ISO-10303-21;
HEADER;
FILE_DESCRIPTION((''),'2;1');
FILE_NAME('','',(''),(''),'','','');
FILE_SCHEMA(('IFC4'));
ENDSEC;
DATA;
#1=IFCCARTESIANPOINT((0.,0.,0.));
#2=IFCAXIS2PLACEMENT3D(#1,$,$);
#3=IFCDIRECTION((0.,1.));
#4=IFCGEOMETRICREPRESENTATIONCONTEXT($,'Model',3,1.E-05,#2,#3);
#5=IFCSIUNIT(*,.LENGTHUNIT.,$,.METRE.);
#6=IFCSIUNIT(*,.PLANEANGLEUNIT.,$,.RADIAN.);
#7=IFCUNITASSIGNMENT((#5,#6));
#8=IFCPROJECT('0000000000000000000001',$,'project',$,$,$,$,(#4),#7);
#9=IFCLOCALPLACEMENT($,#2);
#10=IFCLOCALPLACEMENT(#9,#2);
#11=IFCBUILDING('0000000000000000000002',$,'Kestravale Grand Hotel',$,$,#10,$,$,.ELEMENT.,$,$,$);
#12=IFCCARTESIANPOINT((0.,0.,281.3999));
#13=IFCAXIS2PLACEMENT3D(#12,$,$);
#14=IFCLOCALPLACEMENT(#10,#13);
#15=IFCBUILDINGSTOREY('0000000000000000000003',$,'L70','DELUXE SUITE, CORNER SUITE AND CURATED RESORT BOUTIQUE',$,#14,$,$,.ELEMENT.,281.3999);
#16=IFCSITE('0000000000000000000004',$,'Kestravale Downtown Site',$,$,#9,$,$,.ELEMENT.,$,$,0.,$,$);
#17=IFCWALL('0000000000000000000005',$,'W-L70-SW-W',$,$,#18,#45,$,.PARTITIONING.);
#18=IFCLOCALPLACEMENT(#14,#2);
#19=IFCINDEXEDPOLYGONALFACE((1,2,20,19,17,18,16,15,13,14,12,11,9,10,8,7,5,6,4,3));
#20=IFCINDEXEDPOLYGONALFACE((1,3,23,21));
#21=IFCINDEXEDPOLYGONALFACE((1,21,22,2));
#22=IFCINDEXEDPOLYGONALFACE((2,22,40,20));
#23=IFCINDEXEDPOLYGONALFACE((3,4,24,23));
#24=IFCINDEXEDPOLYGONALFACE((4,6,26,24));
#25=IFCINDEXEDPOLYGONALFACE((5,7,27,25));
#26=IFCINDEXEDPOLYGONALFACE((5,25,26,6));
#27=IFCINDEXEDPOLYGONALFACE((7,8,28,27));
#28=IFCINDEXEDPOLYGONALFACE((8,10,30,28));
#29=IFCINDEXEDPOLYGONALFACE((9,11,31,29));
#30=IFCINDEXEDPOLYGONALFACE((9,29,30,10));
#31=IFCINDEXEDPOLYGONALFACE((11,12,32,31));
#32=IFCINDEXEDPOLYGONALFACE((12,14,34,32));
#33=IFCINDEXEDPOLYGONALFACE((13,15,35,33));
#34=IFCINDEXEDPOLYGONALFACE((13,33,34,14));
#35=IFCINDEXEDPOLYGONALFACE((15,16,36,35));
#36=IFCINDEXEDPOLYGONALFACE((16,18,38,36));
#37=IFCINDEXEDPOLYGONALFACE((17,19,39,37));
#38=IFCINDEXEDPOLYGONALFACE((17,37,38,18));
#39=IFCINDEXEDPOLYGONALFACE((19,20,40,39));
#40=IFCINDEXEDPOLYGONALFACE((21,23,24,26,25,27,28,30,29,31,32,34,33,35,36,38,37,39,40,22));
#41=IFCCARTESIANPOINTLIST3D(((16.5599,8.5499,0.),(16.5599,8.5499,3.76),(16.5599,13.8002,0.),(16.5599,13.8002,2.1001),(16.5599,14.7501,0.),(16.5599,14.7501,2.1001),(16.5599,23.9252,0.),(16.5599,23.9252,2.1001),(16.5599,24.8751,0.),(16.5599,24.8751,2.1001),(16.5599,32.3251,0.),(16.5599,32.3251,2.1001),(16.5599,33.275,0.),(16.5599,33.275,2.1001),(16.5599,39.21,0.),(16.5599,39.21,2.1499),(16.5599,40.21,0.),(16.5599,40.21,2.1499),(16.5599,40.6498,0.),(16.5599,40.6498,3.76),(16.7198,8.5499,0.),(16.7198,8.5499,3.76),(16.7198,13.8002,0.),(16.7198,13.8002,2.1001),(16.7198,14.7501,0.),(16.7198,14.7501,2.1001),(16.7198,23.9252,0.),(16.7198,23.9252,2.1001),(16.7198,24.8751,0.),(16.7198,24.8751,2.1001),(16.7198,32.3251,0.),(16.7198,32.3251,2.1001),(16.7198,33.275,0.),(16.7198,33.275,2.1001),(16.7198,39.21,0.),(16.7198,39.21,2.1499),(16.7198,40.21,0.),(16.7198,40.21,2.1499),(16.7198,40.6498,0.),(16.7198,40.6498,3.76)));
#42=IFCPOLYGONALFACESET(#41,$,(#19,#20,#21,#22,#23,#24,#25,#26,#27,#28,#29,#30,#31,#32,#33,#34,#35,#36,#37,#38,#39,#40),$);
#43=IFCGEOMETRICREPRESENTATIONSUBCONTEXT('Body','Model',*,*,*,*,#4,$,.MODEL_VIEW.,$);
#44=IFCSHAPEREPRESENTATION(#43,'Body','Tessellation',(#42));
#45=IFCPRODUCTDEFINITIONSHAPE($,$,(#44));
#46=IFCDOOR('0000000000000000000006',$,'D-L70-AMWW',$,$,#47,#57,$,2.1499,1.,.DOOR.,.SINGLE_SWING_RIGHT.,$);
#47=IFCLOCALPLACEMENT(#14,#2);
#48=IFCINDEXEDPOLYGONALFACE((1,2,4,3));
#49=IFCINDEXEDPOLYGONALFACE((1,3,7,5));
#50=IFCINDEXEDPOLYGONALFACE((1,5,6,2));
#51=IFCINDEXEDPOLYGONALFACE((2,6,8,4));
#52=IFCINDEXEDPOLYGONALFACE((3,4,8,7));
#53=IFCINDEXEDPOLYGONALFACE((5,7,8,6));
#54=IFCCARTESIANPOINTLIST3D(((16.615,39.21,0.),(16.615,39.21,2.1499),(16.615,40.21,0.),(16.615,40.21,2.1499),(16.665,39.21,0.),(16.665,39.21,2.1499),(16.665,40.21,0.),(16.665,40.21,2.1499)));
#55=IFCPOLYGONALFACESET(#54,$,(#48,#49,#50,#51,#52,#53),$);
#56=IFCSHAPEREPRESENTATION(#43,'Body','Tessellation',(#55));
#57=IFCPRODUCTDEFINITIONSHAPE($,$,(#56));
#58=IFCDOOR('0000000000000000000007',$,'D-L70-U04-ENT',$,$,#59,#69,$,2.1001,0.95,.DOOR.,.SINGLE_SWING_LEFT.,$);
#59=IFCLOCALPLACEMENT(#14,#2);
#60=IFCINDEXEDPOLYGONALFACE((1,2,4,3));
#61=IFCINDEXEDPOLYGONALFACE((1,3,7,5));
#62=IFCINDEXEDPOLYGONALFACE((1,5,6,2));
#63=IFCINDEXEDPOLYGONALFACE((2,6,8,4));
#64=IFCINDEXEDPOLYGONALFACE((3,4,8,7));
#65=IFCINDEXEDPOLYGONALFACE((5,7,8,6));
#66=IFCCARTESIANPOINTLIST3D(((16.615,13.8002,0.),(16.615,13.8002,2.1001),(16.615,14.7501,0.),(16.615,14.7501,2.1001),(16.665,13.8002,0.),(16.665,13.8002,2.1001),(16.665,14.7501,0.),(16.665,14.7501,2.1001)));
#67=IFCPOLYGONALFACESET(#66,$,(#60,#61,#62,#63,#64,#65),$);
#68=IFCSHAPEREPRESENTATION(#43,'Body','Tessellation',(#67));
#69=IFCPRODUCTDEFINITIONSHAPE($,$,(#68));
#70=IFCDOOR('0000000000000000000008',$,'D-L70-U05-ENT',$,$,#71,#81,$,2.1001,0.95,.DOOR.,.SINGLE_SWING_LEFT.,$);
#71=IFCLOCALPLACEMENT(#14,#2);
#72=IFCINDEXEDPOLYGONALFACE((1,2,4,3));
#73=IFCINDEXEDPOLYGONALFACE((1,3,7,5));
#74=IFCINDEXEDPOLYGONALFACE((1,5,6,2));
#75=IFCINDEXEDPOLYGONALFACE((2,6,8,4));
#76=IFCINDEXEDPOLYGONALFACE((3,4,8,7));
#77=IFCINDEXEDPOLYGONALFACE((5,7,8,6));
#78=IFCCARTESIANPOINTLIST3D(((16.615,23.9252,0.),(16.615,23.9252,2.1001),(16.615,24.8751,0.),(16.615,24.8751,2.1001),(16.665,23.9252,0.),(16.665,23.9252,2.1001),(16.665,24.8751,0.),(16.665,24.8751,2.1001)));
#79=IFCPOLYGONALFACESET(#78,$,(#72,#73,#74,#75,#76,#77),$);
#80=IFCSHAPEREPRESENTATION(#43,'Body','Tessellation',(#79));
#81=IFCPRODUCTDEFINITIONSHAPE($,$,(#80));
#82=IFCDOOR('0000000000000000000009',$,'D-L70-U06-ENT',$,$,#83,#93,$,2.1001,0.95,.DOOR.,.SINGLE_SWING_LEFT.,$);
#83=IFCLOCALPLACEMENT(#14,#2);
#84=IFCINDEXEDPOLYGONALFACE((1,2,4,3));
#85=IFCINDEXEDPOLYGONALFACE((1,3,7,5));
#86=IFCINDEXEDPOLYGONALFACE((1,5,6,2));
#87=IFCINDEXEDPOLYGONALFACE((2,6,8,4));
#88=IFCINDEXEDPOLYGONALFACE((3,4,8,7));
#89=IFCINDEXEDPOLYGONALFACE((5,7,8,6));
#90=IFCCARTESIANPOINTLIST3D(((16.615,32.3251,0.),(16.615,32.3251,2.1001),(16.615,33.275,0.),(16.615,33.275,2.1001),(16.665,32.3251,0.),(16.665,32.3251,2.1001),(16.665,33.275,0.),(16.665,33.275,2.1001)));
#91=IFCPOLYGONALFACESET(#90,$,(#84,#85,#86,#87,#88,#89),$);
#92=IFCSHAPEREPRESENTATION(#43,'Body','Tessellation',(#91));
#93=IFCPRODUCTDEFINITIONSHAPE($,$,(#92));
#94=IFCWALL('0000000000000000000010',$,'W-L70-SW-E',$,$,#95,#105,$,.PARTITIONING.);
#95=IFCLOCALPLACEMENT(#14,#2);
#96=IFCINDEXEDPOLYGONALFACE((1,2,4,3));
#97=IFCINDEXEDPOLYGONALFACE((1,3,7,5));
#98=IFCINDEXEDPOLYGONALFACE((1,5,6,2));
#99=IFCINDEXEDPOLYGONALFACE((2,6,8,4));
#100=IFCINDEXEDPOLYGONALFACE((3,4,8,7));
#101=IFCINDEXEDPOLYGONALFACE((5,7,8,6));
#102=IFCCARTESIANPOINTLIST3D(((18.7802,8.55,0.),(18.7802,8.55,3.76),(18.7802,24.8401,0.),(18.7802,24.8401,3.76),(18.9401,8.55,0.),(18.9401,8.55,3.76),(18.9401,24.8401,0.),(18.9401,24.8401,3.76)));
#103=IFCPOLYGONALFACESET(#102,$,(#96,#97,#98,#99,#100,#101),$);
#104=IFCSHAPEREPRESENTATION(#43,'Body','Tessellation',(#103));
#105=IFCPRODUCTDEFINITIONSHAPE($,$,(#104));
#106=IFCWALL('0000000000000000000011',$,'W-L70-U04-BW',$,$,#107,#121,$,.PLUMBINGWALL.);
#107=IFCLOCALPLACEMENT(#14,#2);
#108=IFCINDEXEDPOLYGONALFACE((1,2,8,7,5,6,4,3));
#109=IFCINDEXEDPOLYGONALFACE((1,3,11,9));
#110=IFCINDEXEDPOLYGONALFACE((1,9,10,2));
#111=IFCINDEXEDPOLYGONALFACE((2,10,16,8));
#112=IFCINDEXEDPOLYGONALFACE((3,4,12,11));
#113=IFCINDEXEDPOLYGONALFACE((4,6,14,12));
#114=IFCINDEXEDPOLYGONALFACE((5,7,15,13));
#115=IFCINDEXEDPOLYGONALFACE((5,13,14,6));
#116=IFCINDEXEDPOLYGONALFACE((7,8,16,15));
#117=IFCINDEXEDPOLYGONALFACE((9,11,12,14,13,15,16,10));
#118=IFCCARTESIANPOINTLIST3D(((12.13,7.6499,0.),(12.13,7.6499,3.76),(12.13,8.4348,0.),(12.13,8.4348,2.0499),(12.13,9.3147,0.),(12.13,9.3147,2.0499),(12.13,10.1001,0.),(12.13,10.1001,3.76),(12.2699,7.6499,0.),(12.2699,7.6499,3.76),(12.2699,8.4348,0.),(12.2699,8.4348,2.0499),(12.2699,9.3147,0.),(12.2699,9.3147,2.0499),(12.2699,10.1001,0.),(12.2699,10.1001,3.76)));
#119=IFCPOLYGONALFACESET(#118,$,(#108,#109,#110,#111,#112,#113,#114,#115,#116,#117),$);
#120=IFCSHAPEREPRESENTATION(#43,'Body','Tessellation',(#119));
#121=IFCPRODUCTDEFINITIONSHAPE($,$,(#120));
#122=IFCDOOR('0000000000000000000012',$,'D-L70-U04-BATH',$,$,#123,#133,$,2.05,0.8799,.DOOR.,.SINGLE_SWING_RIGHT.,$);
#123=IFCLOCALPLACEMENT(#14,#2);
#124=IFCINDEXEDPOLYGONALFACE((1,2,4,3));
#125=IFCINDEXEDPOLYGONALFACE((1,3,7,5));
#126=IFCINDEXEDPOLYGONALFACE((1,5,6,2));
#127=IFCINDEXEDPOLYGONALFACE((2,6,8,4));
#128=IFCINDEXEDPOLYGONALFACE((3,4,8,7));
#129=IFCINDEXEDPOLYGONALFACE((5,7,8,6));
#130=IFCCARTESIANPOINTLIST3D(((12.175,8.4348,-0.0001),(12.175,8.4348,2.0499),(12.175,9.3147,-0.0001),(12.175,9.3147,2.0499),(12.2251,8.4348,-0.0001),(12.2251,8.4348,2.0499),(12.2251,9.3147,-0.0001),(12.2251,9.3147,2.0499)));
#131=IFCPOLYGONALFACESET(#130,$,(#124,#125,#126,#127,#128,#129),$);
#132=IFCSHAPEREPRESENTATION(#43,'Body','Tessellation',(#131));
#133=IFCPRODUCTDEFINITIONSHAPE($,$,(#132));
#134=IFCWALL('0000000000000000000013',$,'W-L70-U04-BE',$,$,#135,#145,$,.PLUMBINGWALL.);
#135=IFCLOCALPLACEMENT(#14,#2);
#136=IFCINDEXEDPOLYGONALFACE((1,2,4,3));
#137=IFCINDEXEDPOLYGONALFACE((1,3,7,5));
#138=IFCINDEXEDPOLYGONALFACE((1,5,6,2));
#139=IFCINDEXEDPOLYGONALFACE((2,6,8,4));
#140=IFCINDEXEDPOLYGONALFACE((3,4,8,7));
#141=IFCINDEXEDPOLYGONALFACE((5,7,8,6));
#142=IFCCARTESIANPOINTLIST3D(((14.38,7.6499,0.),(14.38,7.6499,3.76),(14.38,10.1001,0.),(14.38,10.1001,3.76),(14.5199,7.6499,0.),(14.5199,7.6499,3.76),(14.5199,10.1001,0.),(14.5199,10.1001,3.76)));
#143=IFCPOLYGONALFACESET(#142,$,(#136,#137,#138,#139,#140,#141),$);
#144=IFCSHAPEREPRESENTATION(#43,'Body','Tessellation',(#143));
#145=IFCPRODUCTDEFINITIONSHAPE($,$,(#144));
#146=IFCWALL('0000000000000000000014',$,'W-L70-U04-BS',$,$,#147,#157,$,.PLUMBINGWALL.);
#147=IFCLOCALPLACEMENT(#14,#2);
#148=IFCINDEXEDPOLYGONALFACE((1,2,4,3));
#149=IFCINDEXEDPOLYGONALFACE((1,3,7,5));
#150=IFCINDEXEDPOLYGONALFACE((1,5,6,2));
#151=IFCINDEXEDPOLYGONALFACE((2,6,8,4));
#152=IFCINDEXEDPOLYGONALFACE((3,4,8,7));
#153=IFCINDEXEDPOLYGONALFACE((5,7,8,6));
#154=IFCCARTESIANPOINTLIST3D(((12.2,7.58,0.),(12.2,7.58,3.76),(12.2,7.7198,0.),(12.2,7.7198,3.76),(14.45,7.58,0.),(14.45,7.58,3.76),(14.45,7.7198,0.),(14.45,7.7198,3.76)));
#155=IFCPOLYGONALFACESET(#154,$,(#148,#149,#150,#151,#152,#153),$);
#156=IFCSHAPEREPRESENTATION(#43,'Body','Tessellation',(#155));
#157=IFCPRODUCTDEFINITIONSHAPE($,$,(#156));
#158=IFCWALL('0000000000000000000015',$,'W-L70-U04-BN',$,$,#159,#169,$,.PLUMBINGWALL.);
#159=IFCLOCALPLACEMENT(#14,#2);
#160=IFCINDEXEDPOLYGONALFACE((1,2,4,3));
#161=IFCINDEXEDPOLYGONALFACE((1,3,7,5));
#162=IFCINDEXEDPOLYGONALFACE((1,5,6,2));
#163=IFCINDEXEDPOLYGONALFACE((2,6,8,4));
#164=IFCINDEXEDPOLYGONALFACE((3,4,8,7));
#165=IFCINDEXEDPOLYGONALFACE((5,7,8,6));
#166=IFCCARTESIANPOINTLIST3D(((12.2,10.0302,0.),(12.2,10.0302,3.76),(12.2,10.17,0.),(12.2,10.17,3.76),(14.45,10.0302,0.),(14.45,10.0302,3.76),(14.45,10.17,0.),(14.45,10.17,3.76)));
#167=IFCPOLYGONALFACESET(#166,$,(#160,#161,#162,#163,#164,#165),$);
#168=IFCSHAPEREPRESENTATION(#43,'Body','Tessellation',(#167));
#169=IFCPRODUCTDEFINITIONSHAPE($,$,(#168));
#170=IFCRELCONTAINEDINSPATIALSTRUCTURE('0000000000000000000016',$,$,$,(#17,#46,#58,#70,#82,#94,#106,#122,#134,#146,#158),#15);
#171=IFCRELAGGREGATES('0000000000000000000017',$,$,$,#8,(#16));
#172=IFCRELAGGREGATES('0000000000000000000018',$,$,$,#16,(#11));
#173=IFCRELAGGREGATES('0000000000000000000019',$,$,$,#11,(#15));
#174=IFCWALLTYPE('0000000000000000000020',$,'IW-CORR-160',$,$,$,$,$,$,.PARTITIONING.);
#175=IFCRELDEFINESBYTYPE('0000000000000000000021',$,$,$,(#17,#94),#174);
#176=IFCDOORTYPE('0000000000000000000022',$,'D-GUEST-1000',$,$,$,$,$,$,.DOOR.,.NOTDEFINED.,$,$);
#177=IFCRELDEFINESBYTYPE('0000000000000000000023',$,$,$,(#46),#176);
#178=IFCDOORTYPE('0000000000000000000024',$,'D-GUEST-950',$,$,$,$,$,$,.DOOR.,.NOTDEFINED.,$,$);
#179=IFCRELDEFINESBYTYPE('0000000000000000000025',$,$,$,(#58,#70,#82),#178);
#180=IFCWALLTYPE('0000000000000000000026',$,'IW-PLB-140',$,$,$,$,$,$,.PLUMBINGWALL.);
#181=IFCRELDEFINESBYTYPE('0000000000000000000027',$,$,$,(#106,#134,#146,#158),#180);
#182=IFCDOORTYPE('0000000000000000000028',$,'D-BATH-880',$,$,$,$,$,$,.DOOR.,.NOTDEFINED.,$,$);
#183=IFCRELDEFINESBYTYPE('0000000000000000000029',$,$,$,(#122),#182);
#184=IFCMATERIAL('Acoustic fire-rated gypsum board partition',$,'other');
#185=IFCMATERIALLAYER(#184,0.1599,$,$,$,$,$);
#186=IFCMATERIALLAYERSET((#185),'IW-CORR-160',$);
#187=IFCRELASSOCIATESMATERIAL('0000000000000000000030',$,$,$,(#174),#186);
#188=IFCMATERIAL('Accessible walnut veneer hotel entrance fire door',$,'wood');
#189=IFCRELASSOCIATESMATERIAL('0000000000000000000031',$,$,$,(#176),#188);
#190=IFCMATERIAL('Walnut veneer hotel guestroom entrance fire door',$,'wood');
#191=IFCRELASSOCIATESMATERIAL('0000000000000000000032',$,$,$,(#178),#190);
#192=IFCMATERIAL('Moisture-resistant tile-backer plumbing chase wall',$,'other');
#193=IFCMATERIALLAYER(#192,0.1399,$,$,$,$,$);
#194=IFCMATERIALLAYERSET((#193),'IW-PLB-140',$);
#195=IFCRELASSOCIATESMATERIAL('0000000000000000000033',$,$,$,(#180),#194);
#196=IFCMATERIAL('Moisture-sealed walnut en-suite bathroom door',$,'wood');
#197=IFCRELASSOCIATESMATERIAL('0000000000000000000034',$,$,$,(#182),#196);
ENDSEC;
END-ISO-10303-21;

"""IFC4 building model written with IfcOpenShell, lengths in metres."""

from ifc_helpers import new_model, si_unit, direction, frame, frame_2d, origin, place, context, subcontext, project, spatial, rectangle, extrude, material, layer, layer_set, type_object, element, fill, save


model = new_model("IFC4")

# Units and contexts
model_context = context("Model", 3, precision=1e-05, world=origin(), true_north=direction((0.0, 1.0)))
body_context = subcontext(model_context, "Body", "Model", "MODEL_VIEW")
ifc_project = project(units=[si_unit("LENGTHUNIT", "METRE"), si_unit("PLANEANGLEUNIT", "RADIAN")], contexts=[model_context])

# Site, building, storey
site_placement = place(None, origin())
site = spatial("IfcSite", under=ifc_project, at=site_placement, Name="Kestravale Downtown Site", CompositionType="ELEMENT", RefElevation=0.0)
building_placement = place(site_placement, origin())
building = spatial("IfcBuilding", under=site, at=building_placement, Name="Kestravale Grand Hotel", CompositionType="ELEMENT")
storey_placement = place(building_placement, frame((0.0, 0.0, 281.3999)))
storey = spatial("IfcBuildingStorey", under=building, at=storey_placement, Name="L70", Description="DELUXE SUITE, CORNER SUITE AND CURATED RESORT BOUTIQUE", CompositionType="ELEMENT", Elevation=281.3999)

# Wall, openings, doors
ifc_material_1 = material(Name="Acoustic fire-rated gypsum board partition", Category="other")
ifc_layer_1 = layer(ifc_material_1, 0.1599)
ifc_layer_set_1 = layer_set([ifc_layer_1], Name="IW-CORR-160")
wall_type_1 = type_object("IfcWallType", Name="IW-CORR-160", PredefinedType="PARTITIONING", material=ifc_layer_set_1)
wall_1_placement = place(storey_placement, frame((16.6399, 8.55, 0.0), z_axis=(0.0, 0.0, 1.0), x_axis=(0.0, 1.0, 0.0)))
wall_1 = element("IfcWall", 1, at=wall_1_placement, inside=storey, type_object=wall_type_1, Name="W-L70-SW-W", PredefinedType="PARTITIONING", context=body_context, shape_type="SweptSolid", body=[
    extrude(rectangle(XDim=32.0999, YDim=0.1599, at=frame_2d((16.0498, 0.0))), origin(), (0.0, 0.0, 1.0), 3.76),
])
opening_1_placement = place(wall_1_placement, frame((5.25, 0.0, 0.0)))
opening_1 = element("IfcOpeningElement", 2, at=opening_1_placement, cuts=wall_1, PredefinedType="OPENING", context=body_context, shape_type="SweptSolid", body=[
    extrude(rectangle(XDim=0.95, YDim=2.1001, at=frame_2d((0.4751, 1.05))), frame((0.0, 0.0898, 0.0), z_axis=(0.0, -1.0, 0.0), x_axis=(1.0, 0.0, 0.0)), (0.0, 0.0, 1.0), 0.1799),
])
opening_2_placement = place(wall_1_placement, frame((15.375, 0.0, 0.0)))
opening_2 = element("IfcOpeningElement", 3, at=opening_2_placement, cuts=wall_1, PredefinedType="OPENING", context=body_context, shape_type="SweptSolid", body=[
    extrude(rectangle(XDim=0.95, YDim=2.1001, at=frame_2d((0.4751, 1.05))), frame((0.0, 0.0898, 0.0), z_axis=(0.0, -1.0, 0.0), x_axis=(1.0, 0.0, 0.0)), (0.0, 0.0, 1.0), 0.1799),
])
opening_3_placement = place(wall_1_placement, frame((23.7749, 0.0, 0.0)))
opening_3 = element("IfcOpeningElement", 4, at=opening_3_placement, cuts=wall_1, PredefinedType="OPENING", context=body_context, shape_type="SweptSolid", body=[
    extrude(rectangle(XDim=0.95, YDim=2.1001, at=frame_2d((0.4751, 1.05))), frame((0.0, 0.0898, 0.0), z_axis=(0.0, -1.0, 0.0), x_axis=(1.0, 0.0, 0.0)), (0.0, 0.0, 1.0), 0.1799),
])
opening_4_placement = place(wall_1_placement, frame((30.6599, 0.0, 0.0)))
opening_4 = element("IfcOpeningElement", 5, at=opening_4_placement, cuts=wall_1, PredefinedType="OPENING", context=body_context, shape_type="SweptSolid", body=[
    extrude(rectangle(XDim=1.0, YDim=2.1499, at=frame_2d((0.5, 1.075))), frame((0.0, 0.0898, 0.0), z_axis=(0.0, -1.0, 0.0), x_axis=(1.0, 0.0, 0.0)), (0.0, 0.0, 1.0), 0.1799),
])
ifc_material_2 = material(Name="Accessible walnut veneer hotel entrance fire door", Category="wood")
door_type_1 = type_object("IfcDoorType", Name="D-GUEST-1000", OperationType="NOTDEFINED", PredefinedType="DOOR", material=ifc_material_2)
door_1_placement = place(opening_4_placement, origin())
door_1 = element("IfcDoor", 6, at=door_1_placement, inside=storey, type_object=door_type_1, Name="D-L70-AMWW", OperationType="SINGLE_SWING_RIGHT", OverallHeight=2.1499, OverallWidth=1.0, PredefinedType="DOOR", context=body_context, shape_type="SweptSolid", body=[
    extrude(rectangle(XDim=1.0, YDim=2.1499, at=frame_2d((0.5, 1.075))), frame((0.0, 0.0249, 0.0), z_axis=(0.0, -1.0, 0.0), x_axis=(1.0, 0.0, 0.0)), (0.0, 0.0, 1.0), 0.05),
])
fill(opening_4, door_1)
ifc_material_3 = material(Name="Walnut veneer hotel guestroom entrance fire door", Category="wood")
door_type_2 = type_object("IfcDoorType", Name="D-GUEST-950", OperationType="NOTDEFINED", PredefinedType="DOOR", material=ifc_material_3)
door_2_placement = place(opening_1_placement, origin())
door_2 = element("IfcDoor", 7, at=door_2_placement, inside=storey, type_object=door_type_2, Name="D-L70-U04-ENT", OperationType="SINGLE_SWING_LEFT", OverallHeight=2.1001, OverallWidth=0.95, PredefinedType="DOOR", context=body_context, shape_type="SweptSolid", body=[
    extrude(rectangle(XDim=0.95, YDim=2.1001, at=frame_2d((0.4751, 1.05))), frame((0.0, 0.0249, 0.0), z_axis=(0.0, -1.0, 0.0), x_axis=(1.0, 0.0, 0.0)), (0.0, 0.0, 1.0), 0.05),
])
fill(opening_1, door_2)
door_3_placement = place(opening_2_placement, origin())
door_3 = element("IfcDoor", 8, at=door_3_placement, inside=storey, type_object=door_type_2, Name="D-L70-U05-ENT", OperationType="SINGLE_SWING_LEFT", OverallHeight=2.1001, OverallWidth=0.95, PredefinedType="DOOR", context=body_context, shape_type="SweptSolid", body=[
    extrude(rectangle(XDim=0.95, YDim=2.1001, at=frame_2d((0.4751, 1.05))), frame((0.0, 0.0249, 0.0), z_axis=(0.0, -1.0, 0.0), x_axis=(1.0, 0.0, 0.0)), (0.0, 0.0, 1.0), 0.05),
])
fill(opening_2, door_3)
door_4_placement = place(opening_3_placement, origin())
door_4 = element("IfcDoor", 9, at=door_4_placement, inside=storey, type_object=door_type_2, Name="D-L70-U06-ENT", OperationType="SINGLE_SWING_LEFT", OverallHeight=2.1001, OverallWidth=0.95, PredefinedType="DOOR", context=body_context, shape_type="SweptSolid", body=[
    extrude(rectangle(XDim=0.95, YDim=2.1001, at=frame_2d((0.4751, 1.05))), frame((0.0, 0.0249, 0.0), z_axis=(0.0, -1.0, 0.0), x_axis=(1.0, 0.0, 0.0)), (0.0, 0.0, 1.0), 0.05),
])
fill(opening_3, door_4)

# Wall
wall_2_placement = place(storey_placement, frame((18.8601, 8.55, 0.0), z_axis=(0.0, 0.0, 1.0), x_axis=(0.0, 1.0, 0.0)))
element("IfcWall", 10, at=wall_2_placement, inside=storey, type_object=wall_type_1, Name="W-L70-SW-E", PredefinedType="PARTITIONING", context=body_context, shape_type="SweptSolid", body=[
    extrude(rectangle(XDim=16.29, YDim=0.1599, at=frame_2d((8.145, 0.0))), origin(), (0.0, 0.0, 1.0), 3.76),
])

# Wall, opening, door
ifc_material_4 = material(Name="Moisture-resistant tile-backer plumbing chase wall", Category="other")
ifc_layer_2 = layer(ifc_material_4, 0.1399)
ifc_layer_set_2 = layer_set([ifc_layer_2], Name="IW-PLB-140")
wall_type_2 = type_object("IfcWallType", Name="IW-PLB-140", PredefinedType="PLUMBINGWALL", material=ifc_layer_set_2)
wall_3_placement = place(storey_placement, frame((12.2, 7.6499, 0.0), z_axis=(0.0, 0.0, 1.0), x_axis=(0.0, 1.0, 0.0)))
wall_3 = element("IfcWall", 11, at=wall_3_placement, inside=storey, type_object=wall_type_2, Name="W-L70-U04-BW", PredefinedType="PLUMBINGWALL", context=body_context, shape_type="SweptSolid", body=[
    extrude(rectangle(XDim=2.4502, YDim=0.1399, at=frame_2d((1.2251, 0.0))), origin(), (0.0, 0.0, 1.0), 3.76),
])
opening_5_placement = place(wall_3_placement, frame((0.7849, 0.0, 0.0)))
opening_5 = element("IfcOpeningElement", 12, at=opening_5_placement, cuts=wall_3, PredefinedType="OPENING", context=body_context, shape_type="SweptSolid", body=[
    extrude(rectangle(XDim=0.8799, YDim=2.05, at=frame_2d((0.4399, 1.0249))), frame((0.0, 0.0798, 0.0), z_axis=(0.0, -1.0, 0.0), x_axis=(1.0, 0.0, 0.0)), (0.0, 0.0, 1.0), 0.1599),
])
ifc_material_5 = material(Name="Moisture-sealed walnut en-suite bathroom door", Category="wood")
door_type_3 = type_object("IfcDoorType", Name="D-BATH-880", OperationType="NOTDEFINED", PredefinedType="DOOR", material=ifc_material_5)
door_5_placement = place(opening_5_placement, origin())
door_5 = element("IfcDoor", 13, at=door_5_placement, inside=storey, type_object=door_type_3, Name="D-L70-U04-BATH", OperationType="SINGLE_SWING_RIGHT", OverallHeight=2.05, OverallWidth=0.8799, PredefinedType="DOOR", context=body_context, shape_type="SweptSolid", body=[
    extrude(rectangle(XDim=0.8799, YDim=2.05, at=frame_2d((0.4399, 1.0249))), frame((0.0, 0.0249, 0.0), z_axis=(0.0, -1.0, 0.0), x_axis=(1.0, 0.0, 0.0)), (0.0, 0.0, 1.0), 0.05),
])
fill(opening_5, door_5)

# Walls
wall_4_placement = place(storey_placement, frame((14.45, 7.6499, 0.0), z_axis=(0.0, 0.0, 1.0), x_axis=(0.0, 1.0, 0.0)))
element("IfcWall", 14, at=wall_4_placement, inside=storey, type_object=wall_type_2, Name="W-L70-U04-BE", PredefinedType="PLUMBINGWALL", context=body_context, shape_type="SweptSolid", body=[
    extrude(rectangle(XDim=2.4502, YDim=0.1399, at=frame_2d((1.2251, 0.0))), origin(), (0.0, 0.0, 1.0), 3.76),
])
for number, where, z_axis, x_axis, name in (
    (15, (12.2, 7.6499, 0.0), (0.0, 0.0, 1.0), (1.0, 0.0, 0.0), "W-L70-U04-BS"),
    (16, (12.2, 10.1001, 0.0), (0.0, 0.0, 1.0), (1.0, 0.0, 0.0), "W-L70-U04-BN"),
):
    element("IfcWall", number, at=place(storey_placement, frame(where, z_axis=z_axis, x_axis=x_axis)), inside=storey, type_object=wall_type_2, Name=name, PredefinedType="PLUMBINGWALL", context=body_context, shape_type="SweptSolid", body=[
        extrude(rectangle(XDim=2.25, YDim=0.1399, at=frame_2d((1.125, 0.0))), origin(), (0.0, 0.0, 1.0), 3.76),
    ])

save(model, "model.ifc")
